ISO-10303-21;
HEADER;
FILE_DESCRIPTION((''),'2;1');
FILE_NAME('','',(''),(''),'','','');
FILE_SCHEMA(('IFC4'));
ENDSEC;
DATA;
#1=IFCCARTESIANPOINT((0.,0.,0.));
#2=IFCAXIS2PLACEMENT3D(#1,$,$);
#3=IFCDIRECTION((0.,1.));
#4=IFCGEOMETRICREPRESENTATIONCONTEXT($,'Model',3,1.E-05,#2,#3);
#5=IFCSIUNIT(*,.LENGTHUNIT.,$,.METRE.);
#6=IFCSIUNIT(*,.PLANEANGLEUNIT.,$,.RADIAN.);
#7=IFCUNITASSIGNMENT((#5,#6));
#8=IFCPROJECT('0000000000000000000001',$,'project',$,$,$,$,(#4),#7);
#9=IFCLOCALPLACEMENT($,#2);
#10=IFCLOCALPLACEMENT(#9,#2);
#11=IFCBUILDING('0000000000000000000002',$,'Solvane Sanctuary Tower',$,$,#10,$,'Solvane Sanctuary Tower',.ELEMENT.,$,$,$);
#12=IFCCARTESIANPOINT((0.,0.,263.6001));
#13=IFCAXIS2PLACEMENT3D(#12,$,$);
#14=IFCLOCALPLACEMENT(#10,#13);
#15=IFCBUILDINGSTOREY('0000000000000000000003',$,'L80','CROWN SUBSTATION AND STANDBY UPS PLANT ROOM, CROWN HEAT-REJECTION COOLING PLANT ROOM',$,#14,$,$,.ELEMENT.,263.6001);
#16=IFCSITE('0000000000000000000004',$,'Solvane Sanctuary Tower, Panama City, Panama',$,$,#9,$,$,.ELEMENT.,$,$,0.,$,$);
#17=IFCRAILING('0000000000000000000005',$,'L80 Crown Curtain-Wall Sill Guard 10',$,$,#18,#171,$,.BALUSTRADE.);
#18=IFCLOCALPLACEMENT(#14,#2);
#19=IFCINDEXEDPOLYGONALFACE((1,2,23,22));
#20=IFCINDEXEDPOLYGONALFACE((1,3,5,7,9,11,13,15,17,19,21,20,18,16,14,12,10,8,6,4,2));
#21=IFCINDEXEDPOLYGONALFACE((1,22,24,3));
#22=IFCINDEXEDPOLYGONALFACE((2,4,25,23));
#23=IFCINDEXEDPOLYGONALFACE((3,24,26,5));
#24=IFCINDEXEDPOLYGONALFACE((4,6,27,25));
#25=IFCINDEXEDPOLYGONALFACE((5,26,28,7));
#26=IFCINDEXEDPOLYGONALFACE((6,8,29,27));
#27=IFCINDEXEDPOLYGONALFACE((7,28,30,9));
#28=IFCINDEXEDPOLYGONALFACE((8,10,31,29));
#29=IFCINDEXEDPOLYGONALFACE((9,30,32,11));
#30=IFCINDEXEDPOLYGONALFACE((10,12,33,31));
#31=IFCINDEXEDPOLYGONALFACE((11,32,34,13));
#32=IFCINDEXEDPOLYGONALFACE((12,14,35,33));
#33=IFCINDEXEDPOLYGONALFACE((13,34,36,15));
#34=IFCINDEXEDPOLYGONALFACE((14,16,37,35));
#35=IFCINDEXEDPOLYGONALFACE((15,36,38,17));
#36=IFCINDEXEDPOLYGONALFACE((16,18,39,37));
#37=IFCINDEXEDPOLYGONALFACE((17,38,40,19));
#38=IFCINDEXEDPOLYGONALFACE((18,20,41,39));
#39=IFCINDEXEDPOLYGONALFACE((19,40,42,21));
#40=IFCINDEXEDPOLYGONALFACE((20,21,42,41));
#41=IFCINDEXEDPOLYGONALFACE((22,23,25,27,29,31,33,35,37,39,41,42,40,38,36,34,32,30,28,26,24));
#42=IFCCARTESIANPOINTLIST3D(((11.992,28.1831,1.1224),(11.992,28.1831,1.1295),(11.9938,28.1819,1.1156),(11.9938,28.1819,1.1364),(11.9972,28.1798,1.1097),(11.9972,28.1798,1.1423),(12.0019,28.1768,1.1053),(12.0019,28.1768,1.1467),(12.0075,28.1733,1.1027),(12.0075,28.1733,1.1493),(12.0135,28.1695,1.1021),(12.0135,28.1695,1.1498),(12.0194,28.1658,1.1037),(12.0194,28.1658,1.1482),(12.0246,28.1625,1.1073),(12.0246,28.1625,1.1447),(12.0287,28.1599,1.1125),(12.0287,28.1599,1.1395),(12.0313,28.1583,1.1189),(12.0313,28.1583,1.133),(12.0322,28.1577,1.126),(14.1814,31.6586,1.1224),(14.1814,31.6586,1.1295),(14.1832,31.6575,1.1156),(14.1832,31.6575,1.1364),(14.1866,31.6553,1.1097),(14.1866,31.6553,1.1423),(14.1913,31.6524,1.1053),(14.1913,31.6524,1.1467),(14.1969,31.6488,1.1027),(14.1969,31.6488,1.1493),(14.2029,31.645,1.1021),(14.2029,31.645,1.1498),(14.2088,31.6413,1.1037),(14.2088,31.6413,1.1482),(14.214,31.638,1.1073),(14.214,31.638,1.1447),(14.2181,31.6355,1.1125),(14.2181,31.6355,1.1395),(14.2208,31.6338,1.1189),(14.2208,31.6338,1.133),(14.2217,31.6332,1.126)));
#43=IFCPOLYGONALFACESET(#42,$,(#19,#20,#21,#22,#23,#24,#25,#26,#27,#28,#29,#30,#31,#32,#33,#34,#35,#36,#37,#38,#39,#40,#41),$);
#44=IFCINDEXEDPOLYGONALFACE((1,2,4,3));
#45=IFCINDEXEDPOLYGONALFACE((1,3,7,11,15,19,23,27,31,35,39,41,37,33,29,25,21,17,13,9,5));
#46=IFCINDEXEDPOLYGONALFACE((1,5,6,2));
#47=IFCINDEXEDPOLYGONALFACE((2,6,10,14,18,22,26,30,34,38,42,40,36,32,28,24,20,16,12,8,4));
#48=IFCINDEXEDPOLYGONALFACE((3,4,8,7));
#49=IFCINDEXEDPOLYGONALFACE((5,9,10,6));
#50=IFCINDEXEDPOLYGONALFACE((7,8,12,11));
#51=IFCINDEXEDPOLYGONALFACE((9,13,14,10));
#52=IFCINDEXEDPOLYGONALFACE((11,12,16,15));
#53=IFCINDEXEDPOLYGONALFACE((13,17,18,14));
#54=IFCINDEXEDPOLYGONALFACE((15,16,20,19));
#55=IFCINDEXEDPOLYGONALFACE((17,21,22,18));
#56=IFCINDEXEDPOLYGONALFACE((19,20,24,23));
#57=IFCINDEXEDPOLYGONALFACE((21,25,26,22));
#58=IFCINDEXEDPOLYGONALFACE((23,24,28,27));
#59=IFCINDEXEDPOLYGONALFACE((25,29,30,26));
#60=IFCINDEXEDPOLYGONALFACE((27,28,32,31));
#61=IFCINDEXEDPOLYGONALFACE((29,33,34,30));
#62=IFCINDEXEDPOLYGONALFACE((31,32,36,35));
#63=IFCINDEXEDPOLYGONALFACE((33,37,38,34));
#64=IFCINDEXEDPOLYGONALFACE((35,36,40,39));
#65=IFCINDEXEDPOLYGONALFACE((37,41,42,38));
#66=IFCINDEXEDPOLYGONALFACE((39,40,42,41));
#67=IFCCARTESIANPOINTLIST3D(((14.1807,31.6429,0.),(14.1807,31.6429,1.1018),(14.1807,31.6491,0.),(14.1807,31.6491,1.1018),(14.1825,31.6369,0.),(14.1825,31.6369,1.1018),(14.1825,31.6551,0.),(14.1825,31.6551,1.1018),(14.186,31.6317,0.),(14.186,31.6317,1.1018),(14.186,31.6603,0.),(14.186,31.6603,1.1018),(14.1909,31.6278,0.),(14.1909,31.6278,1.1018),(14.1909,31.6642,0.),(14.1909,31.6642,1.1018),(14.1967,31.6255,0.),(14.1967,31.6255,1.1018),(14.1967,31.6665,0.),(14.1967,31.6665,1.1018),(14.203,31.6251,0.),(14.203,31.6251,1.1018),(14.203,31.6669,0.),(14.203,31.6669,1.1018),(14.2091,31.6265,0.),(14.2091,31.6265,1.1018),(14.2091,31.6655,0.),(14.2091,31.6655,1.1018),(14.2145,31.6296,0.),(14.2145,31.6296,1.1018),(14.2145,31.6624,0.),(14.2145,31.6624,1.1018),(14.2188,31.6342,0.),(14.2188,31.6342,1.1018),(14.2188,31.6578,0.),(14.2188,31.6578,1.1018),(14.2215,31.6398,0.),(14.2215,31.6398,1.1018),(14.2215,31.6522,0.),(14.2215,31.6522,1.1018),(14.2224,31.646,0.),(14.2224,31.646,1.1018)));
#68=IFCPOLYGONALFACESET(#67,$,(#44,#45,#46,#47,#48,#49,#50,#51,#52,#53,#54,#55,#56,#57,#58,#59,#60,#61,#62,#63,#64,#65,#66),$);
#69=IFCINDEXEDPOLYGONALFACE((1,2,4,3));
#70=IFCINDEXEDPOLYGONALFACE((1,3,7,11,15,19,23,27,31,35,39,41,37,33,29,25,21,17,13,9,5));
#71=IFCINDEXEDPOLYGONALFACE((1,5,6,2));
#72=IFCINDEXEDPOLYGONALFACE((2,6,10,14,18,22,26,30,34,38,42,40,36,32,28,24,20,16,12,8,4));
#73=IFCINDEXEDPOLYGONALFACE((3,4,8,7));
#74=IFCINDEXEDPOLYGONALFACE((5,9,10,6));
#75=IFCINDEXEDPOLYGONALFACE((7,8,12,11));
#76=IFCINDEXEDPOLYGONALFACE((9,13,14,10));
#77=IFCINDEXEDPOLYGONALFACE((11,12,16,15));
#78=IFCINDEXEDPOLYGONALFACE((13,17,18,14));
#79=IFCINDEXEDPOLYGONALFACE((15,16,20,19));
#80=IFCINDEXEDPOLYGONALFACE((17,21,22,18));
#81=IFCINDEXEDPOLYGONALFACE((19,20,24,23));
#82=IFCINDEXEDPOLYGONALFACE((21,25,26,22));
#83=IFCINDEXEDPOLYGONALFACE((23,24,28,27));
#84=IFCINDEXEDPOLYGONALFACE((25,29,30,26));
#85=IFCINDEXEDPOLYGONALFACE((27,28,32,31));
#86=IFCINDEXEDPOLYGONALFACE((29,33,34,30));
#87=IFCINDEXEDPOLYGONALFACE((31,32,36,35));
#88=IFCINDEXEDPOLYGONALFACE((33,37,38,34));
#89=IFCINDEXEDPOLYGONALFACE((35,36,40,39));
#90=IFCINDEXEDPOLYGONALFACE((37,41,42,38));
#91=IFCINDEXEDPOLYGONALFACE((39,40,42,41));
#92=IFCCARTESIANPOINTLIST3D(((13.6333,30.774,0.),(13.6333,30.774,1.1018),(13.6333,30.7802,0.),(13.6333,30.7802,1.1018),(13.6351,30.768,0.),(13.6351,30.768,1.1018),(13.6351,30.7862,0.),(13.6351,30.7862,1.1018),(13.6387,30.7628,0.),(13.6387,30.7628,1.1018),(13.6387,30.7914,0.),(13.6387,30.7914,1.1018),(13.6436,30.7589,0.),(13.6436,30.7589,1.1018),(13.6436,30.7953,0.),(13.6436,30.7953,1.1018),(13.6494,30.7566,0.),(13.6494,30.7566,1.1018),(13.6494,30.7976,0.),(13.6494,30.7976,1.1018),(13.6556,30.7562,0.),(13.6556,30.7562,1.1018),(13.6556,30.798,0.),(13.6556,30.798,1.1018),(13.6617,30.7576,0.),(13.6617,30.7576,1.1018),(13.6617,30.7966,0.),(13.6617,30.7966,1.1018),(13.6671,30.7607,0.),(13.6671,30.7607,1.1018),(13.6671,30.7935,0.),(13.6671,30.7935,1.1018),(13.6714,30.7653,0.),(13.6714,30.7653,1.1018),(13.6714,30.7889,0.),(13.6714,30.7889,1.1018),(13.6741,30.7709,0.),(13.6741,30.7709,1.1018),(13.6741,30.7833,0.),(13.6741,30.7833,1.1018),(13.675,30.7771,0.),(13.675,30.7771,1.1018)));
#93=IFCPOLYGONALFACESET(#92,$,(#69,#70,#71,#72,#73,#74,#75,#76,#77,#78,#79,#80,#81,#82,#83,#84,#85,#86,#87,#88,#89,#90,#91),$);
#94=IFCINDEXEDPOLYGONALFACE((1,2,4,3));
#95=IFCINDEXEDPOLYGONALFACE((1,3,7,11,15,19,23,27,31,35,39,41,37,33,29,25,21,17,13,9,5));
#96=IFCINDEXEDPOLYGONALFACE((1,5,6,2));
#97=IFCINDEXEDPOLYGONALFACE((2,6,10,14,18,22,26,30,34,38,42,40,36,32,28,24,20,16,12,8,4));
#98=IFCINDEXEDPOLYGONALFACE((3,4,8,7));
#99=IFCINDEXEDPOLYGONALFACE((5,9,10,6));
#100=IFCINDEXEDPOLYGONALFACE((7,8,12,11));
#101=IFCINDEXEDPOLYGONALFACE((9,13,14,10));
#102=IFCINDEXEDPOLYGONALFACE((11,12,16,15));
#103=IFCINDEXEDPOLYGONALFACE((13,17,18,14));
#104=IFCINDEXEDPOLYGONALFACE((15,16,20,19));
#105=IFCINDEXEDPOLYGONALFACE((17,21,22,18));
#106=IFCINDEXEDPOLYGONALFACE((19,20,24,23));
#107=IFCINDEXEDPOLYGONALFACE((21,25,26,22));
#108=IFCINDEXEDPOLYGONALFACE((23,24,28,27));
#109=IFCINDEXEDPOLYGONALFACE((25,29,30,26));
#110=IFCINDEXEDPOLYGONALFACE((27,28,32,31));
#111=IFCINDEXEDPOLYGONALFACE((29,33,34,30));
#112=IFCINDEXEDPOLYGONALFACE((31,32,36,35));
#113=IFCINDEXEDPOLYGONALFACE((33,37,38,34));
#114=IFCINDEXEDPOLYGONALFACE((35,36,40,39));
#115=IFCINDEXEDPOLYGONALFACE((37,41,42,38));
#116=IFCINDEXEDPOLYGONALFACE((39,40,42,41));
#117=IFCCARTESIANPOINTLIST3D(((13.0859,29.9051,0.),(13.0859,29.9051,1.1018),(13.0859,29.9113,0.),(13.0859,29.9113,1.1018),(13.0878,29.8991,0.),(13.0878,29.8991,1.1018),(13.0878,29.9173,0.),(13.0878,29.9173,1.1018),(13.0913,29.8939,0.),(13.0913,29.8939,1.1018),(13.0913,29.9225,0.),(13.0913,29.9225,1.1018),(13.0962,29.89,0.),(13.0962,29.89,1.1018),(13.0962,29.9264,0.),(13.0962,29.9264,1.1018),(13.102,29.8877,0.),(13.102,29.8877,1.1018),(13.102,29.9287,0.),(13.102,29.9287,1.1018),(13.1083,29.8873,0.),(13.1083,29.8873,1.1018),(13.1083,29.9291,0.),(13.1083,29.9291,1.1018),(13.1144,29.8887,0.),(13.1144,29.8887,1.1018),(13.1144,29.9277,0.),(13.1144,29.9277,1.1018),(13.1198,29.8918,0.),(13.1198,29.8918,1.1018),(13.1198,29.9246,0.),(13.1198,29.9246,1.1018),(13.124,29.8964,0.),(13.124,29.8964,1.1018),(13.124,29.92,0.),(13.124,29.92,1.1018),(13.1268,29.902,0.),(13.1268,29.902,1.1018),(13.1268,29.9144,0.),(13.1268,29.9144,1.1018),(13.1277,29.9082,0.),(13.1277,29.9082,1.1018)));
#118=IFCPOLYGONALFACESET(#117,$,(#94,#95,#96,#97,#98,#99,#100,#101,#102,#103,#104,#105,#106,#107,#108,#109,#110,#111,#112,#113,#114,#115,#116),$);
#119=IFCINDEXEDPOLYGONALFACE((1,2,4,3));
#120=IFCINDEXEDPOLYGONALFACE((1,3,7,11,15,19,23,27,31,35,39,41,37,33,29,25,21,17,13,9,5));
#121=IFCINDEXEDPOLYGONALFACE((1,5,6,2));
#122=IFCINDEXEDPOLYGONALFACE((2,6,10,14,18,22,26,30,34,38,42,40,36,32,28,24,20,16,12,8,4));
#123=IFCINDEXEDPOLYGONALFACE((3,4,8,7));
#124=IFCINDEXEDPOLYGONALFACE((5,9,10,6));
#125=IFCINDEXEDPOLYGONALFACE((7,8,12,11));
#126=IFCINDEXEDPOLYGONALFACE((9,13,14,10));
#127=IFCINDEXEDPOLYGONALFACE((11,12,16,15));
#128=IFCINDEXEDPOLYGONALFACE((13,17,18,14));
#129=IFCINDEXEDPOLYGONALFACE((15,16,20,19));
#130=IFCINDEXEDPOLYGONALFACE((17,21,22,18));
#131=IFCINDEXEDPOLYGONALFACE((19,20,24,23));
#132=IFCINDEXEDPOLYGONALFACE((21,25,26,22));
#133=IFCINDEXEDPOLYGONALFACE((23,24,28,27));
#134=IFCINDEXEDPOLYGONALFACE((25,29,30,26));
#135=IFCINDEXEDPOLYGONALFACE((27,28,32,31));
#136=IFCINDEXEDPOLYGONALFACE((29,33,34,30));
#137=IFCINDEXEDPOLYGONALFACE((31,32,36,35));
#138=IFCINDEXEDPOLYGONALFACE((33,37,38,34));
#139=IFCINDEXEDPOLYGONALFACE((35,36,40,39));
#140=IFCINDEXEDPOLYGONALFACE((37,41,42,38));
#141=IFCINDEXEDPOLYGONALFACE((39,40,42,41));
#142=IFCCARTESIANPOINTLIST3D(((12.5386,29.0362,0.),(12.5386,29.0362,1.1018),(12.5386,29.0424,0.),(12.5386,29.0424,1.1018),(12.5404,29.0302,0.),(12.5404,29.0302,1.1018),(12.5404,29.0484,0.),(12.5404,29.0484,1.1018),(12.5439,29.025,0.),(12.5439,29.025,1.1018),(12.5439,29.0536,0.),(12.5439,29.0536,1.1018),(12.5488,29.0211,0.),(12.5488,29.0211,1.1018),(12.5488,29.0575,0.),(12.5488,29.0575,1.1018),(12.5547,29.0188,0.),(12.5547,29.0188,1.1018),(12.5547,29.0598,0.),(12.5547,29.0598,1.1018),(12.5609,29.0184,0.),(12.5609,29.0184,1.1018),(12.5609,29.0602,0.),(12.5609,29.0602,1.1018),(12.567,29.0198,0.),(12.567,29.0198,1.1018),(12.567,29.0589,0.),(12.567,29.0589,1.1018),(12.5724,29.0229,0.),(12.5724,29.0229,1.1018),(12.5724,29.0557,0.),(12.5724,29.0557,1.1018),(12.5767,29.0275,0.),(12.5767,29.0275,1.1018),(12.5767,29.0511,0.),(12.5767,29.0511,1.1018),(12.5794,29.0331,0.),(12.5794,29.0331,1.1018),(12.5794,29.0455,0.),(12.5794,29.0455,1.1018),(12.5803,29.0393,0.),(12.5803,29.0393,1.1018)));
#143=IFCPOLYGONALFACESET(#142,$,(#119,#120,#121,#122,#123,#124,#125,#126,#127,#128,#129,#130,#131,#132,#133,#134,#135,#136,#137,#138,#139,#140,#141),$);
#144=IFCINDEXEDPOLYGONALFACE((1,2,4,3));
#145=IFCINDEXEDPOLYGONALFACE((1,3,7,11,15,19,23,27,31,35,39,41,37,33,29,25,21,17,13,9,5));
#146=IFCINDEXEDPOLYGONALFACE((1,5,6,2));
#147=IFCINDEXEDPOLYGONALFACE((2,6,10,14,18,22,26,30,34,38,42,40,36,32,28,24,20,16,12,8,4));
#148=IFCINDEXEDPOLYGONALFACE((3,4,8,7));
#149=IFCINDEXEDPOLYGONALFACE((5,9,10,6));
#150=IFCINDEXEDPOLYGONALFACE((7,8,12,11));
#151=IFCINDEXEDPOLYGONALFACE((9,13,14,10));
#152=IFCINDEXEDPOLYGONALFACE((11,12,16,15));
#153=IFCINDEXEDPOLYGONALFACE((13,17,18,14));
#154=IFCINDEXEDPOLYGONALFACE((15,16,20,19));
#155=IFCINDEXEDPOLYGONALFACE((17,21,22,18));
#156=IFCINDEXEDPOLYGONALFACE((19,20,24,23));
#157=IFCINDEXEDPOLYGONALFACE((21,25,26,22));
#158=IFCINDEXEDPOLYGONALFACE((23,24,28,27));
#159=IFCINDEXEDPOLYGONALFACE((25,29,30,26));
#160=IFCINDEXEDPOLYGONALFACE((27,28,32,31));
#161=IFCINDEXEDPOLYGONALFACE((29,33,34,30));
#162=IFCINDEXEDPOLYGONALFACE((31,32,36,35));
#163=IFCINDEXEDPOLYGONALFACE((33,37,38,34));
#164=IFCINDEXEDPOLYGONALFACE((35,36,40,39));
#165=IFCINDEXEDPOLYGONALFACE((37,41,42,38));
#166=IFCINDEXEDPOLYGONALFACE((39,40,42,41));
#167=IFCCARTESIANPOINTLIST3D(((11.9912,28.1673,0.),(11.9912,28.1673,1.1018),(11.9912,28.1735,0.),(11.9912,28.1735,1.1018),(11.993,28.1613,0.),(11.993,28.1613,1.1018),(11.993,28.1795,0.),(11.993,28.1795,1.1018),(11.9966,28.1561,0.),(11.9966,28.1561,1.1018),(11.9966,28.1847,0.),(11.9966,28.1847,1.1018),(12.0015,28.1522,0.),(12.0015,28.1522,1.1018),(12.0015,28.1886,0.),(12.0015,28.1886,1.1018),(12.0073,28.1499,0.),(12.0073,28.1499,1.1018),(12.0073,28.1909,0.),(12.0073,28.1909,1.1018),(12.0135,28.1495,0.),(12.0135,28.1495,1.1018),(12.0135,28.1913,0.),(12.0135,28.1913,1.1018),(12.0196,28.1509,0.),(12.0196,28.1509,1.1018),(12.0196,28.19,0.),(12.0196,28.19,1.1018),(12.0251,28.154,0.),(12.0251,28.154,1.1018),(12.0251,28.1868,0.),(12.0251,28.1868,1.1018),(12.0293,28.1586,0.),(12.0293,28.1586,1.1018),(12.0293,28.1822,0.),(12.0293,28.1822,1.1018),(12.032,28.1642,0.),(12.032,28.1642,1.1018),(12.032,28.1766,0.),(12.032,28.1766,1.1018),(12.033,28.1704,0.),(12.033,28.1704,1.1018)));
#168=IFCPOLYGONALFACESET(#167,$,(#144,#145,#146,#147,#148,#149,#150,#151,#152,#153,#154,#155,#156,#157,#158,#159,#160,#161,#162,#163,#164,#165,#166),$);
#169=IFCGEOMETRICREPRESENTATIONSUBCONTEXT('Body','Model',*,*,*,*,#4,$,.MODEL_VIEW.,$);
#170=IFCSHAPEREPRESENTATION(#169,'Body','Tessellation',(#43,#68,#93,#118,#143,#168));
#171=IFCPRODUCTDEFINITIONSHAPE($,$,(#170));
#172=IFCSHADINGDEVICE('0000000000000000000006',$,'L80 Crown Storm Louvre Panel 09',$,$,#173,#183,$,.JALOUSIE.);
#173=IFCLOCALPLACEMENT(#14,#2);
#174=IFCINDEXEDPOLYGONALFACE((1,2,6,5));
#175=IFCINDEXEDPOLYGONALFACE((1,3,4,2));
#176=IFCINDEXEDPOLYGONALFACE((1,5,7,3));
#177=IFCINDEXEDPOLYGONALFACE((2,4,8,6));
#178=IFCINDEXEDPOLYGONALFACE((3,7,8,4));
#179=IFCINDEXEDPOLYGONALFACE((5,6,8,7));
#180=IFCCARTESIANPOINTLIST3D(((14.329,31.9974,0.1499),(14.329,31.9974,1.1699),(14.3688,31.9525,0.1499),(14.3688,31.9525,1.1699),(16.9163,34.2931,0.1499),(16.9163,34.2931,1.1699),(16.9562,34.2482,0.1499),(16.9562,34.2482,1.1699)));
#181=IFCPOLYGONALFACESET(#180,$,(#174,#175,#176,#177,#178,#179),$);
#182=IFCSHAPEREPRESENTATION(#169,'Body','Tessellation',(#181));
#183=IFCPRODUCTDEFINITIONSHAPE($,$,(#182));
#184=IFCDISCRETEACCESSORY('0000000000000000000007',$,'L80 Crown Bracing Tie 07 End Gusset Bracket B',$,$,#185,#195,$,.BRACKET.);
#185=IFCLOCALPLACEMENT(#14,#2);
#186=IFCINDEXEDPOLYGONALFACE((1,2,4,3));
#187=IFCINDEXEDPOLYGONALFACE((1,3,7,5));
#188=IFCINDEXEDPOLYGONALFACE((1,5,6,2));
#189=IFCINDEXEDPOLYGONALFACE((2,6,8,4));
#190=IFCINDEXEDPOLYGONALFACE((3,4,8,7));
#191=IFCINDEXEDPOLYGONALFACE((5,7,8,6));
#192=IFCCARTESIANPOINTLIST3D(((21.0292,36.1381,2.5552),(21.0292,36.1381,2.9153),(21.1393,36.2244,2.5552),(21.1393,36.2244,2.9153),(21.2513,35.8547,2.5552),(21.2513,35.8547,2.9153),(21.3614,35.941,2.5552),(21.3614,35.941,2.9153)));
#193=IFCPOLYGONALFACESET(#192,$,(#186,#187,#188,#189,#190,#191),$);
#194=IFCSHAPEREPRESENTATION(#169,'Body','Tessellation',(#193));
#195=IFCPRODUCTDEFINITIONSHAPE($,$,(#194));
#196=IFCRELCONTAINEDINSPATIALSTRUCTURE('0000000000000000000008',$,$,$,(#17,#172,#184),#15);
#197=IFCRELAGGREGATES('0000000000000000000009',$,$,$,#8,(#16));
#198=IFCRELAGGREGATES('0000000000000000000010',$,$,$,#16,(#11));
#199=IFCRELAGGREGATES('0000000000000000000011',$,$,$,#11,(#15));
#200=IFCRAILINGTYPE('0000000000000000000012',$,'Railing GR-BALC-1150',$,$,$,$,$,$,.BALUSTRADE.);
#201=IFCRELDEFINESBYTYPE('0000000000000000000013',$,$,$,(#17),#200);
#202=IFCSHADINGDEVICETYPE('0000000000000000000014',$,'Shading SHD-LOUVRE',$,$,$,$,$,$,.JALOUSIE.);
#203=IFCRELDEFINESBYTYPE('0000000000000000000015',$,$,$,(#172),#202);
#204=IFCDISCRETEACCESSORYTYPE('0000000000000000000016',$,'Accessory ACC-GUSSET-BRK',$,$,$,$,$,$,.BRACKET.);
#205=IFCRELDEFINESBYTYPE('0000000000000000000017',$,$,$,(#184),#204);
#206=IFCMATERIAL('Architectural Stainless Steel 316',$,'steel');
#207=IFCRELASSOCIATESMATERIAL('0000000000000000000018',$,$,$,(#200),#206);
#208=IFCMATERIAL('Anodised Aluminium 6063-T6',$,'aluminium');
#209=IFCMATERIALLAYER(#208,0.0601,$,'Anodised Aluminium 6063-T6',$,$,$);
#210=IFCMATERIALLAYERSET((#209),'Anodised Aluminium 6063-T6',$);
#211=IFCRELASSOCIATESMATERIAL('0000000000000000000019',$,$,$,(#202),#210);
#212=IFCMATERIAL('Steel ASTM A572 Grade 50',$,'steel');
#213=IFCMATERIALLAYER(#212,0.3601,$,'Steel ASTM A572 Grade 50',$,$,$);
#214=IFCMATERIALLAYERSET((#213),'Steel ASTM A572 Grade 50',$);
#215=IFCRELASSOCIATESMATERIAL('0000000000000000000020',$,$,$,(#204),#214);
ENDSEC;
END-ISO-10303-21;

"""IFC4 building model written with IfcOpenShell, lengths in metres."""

from ifc_helpers import new_model, si_unit, direction, frame, origin, origin_2d, place, context, subcontext, project, spatial, rectangle, circle, extrude, material, layer, layer_set, type_object, element, save


model = new_model("IFC4")

# Units and contexts
model_context = context("Model", 3, precision=1e-05, world=origin(), true_north=direction((0.0, 1.0)))
body_context = subcontext(model_context, "Body", "Model", "MODEL_VIEW")
ifc_project = project(units=[si_unit("LENGTHUNIT", "METRE"), si_unit("PLANEANGLEUNIT", "RADIAN")], contexts=[model_context])

# Site, building, storey
site_placement = place(None, origin())
site = spatial("IfcSite", under=ifc_project, at=site_placement, Name="Solvane Sanctuary Tower, Panama City, Panama", CompositionType="ELEMENT", RefElevation=0.0)
building_placement = place(site_placement, origin())
building = spatial("IfcBuilding", under=site, at=building_placement, Name="Solvane Sanctuary Tower", LongName="Solvane Sanctuary Tower", CompositionType="ELEMENT")
storey_placement = place(building_placement, frame((0.0, 0.0, 263.6001)))
storey = spatial("IfcBuildingStorey", under=building, at=storey_placement, Name="L80", Description="CROWN SUBSTATION AND STANDBY UPS PLANT ROOM, CROWN HEAT-REJECTION COOLING PLANT ROOM", CompositionType="ELEMENT", Elevation=263.6001)

# Shared definitions
ifc_material_1 = material(Name="Anodised Aluminium 6063-T6", Category="aluminium")

# Railing
ifc_material_2 = material(Name="Architectural Stainless Steel 316", Category="steel")
railing_type = type_object("IfcRailingType", Name="Railing GR-BALC-1150", PredefinedType="BALUSTRADE", material=ifc_material_2)
railing_1_placement = place(storey_placement, frame((14.2014, 31.646, 0.0)))
element("IfcRailing", 1, at=railing_1_placement, inside=storey, type_object=railing_type, Name="L80 Crown Curtain-Wall Sill Guard 10", PredefinedType="BALUSTRADE", context=body_context, shape_type="SweptSolid", body=[
    extrude(circle(Radius=0.0239, at=origin_2d()), frame((0.0, 0.0, 1.126), z_axis=(-0.533009, -0.84611, 0.0), x_axis=(0.84611, -0.533009, 0.0)), (0.0, 0.0, 1.0), 4.1077),
    extrude(circle(Radius=0.021, at=origin_2d()), origin(), (0.0, 0.0, 1.0), 1.1018),
    extrude(circle(Radius=0.021, at=origin_2d()), frame((-0.5474, -0.8689, 0.0)), (0.0, 0.0, 1.0), 1.1018),
    extrude(circle(Radius=0.021, at=origin_2d()), frame((-1.0947, -1.7378, 0.0)), (0.0, 0.0, 1.0), 1.1018),
    extrude(circle(Radius=0.021, at=origin_2d()), frame((-1.6421, -2.6067, 0.0)), (0.0, 0.0, 1.0), 1.1018),
    extrude(circle(Radius=0.021, at=origin_2d()), frame((-2.1895, -3.4756, 0.0)), (0.0, 0.0, 1.0), 1.1018),
])

# Shading device
ifc_layer_1 = layer(ifc_material_1, 0.0601, Name="Anodised Aluminium 6063-T6")
ifc_layer_set_1 = layer_set([ifc_layer_1], Name="Anodised Aluminium 6063-T6")
shading_device_type = type_object("IfcShadingDeviceType", Name="Shading SHD-LOUVRE", PredefinedType="JALOUSIE", material=ifc_layer_set_1)
shading_device_placement = place(storey_placement, frame((15.6426, 33.1228, 0.1499), z_axis=(0.0, 0.0, 1.0), x_axis=(-0.748015, -0.663682, 0.0)))
element("IfcShadingDevice", 2, at=shading_device_placement, inside=storey, type_object=shading_device_type, Name="L80 Crown Storm Louvre Panel 09", PredefinedType="JALOUSIE", context=body_context, shape_type="SweptSolid", body=[
    extrude(rectangle(XDim=3.459, YDim=0.0601, at=origin_2d()), origin(), (0.0, 0.0, 1.0), 1.02),
])

# Discrete accessory
ifc_material_3 = material(Name="Steel ASTM A572 Grade 50", Category="steel")
ifc_layer_2 = layer(ifc_material_3, 0.3601, Name="Steel ASTM A572 Grade 50")
ifc_layer_set_2 = layer_set([ifc_layer_2], Name="Steel ASTM A572 Grade 50")
discrete_accessory_type = type_object("IfcDiscreteAccessoryType", Name="Accessory ACC-GUSSET-BRK", PredefinedType="BRACKET", material=ifc_layer_set_2)
discrete_accessory_placement = place(storey_placement, frame((21.1953, 36.0396, 2.5552), z_axis=(0.0, 0.0, 1.0), x_axis=(-0.616761, 0.78715, 0.0)))
element("IfcDiscreteAccessory", 3, at=discrete_accessory_placement, inside=storey, type_object=discrete_accessory_type, Name="L80 Crown Bracing Tie 07 End Gusset Bracket B", PredefinedType="BRACKET", context=body_context, shape_type="SweptSolid", body=[
    extrude(rectangle(XDim=0.3601, YDim=0.1399, at=origin_2d()), origin(), (0.0, 0.0, 1.0), 0.3601),
])

save(model, "model.ifc")
